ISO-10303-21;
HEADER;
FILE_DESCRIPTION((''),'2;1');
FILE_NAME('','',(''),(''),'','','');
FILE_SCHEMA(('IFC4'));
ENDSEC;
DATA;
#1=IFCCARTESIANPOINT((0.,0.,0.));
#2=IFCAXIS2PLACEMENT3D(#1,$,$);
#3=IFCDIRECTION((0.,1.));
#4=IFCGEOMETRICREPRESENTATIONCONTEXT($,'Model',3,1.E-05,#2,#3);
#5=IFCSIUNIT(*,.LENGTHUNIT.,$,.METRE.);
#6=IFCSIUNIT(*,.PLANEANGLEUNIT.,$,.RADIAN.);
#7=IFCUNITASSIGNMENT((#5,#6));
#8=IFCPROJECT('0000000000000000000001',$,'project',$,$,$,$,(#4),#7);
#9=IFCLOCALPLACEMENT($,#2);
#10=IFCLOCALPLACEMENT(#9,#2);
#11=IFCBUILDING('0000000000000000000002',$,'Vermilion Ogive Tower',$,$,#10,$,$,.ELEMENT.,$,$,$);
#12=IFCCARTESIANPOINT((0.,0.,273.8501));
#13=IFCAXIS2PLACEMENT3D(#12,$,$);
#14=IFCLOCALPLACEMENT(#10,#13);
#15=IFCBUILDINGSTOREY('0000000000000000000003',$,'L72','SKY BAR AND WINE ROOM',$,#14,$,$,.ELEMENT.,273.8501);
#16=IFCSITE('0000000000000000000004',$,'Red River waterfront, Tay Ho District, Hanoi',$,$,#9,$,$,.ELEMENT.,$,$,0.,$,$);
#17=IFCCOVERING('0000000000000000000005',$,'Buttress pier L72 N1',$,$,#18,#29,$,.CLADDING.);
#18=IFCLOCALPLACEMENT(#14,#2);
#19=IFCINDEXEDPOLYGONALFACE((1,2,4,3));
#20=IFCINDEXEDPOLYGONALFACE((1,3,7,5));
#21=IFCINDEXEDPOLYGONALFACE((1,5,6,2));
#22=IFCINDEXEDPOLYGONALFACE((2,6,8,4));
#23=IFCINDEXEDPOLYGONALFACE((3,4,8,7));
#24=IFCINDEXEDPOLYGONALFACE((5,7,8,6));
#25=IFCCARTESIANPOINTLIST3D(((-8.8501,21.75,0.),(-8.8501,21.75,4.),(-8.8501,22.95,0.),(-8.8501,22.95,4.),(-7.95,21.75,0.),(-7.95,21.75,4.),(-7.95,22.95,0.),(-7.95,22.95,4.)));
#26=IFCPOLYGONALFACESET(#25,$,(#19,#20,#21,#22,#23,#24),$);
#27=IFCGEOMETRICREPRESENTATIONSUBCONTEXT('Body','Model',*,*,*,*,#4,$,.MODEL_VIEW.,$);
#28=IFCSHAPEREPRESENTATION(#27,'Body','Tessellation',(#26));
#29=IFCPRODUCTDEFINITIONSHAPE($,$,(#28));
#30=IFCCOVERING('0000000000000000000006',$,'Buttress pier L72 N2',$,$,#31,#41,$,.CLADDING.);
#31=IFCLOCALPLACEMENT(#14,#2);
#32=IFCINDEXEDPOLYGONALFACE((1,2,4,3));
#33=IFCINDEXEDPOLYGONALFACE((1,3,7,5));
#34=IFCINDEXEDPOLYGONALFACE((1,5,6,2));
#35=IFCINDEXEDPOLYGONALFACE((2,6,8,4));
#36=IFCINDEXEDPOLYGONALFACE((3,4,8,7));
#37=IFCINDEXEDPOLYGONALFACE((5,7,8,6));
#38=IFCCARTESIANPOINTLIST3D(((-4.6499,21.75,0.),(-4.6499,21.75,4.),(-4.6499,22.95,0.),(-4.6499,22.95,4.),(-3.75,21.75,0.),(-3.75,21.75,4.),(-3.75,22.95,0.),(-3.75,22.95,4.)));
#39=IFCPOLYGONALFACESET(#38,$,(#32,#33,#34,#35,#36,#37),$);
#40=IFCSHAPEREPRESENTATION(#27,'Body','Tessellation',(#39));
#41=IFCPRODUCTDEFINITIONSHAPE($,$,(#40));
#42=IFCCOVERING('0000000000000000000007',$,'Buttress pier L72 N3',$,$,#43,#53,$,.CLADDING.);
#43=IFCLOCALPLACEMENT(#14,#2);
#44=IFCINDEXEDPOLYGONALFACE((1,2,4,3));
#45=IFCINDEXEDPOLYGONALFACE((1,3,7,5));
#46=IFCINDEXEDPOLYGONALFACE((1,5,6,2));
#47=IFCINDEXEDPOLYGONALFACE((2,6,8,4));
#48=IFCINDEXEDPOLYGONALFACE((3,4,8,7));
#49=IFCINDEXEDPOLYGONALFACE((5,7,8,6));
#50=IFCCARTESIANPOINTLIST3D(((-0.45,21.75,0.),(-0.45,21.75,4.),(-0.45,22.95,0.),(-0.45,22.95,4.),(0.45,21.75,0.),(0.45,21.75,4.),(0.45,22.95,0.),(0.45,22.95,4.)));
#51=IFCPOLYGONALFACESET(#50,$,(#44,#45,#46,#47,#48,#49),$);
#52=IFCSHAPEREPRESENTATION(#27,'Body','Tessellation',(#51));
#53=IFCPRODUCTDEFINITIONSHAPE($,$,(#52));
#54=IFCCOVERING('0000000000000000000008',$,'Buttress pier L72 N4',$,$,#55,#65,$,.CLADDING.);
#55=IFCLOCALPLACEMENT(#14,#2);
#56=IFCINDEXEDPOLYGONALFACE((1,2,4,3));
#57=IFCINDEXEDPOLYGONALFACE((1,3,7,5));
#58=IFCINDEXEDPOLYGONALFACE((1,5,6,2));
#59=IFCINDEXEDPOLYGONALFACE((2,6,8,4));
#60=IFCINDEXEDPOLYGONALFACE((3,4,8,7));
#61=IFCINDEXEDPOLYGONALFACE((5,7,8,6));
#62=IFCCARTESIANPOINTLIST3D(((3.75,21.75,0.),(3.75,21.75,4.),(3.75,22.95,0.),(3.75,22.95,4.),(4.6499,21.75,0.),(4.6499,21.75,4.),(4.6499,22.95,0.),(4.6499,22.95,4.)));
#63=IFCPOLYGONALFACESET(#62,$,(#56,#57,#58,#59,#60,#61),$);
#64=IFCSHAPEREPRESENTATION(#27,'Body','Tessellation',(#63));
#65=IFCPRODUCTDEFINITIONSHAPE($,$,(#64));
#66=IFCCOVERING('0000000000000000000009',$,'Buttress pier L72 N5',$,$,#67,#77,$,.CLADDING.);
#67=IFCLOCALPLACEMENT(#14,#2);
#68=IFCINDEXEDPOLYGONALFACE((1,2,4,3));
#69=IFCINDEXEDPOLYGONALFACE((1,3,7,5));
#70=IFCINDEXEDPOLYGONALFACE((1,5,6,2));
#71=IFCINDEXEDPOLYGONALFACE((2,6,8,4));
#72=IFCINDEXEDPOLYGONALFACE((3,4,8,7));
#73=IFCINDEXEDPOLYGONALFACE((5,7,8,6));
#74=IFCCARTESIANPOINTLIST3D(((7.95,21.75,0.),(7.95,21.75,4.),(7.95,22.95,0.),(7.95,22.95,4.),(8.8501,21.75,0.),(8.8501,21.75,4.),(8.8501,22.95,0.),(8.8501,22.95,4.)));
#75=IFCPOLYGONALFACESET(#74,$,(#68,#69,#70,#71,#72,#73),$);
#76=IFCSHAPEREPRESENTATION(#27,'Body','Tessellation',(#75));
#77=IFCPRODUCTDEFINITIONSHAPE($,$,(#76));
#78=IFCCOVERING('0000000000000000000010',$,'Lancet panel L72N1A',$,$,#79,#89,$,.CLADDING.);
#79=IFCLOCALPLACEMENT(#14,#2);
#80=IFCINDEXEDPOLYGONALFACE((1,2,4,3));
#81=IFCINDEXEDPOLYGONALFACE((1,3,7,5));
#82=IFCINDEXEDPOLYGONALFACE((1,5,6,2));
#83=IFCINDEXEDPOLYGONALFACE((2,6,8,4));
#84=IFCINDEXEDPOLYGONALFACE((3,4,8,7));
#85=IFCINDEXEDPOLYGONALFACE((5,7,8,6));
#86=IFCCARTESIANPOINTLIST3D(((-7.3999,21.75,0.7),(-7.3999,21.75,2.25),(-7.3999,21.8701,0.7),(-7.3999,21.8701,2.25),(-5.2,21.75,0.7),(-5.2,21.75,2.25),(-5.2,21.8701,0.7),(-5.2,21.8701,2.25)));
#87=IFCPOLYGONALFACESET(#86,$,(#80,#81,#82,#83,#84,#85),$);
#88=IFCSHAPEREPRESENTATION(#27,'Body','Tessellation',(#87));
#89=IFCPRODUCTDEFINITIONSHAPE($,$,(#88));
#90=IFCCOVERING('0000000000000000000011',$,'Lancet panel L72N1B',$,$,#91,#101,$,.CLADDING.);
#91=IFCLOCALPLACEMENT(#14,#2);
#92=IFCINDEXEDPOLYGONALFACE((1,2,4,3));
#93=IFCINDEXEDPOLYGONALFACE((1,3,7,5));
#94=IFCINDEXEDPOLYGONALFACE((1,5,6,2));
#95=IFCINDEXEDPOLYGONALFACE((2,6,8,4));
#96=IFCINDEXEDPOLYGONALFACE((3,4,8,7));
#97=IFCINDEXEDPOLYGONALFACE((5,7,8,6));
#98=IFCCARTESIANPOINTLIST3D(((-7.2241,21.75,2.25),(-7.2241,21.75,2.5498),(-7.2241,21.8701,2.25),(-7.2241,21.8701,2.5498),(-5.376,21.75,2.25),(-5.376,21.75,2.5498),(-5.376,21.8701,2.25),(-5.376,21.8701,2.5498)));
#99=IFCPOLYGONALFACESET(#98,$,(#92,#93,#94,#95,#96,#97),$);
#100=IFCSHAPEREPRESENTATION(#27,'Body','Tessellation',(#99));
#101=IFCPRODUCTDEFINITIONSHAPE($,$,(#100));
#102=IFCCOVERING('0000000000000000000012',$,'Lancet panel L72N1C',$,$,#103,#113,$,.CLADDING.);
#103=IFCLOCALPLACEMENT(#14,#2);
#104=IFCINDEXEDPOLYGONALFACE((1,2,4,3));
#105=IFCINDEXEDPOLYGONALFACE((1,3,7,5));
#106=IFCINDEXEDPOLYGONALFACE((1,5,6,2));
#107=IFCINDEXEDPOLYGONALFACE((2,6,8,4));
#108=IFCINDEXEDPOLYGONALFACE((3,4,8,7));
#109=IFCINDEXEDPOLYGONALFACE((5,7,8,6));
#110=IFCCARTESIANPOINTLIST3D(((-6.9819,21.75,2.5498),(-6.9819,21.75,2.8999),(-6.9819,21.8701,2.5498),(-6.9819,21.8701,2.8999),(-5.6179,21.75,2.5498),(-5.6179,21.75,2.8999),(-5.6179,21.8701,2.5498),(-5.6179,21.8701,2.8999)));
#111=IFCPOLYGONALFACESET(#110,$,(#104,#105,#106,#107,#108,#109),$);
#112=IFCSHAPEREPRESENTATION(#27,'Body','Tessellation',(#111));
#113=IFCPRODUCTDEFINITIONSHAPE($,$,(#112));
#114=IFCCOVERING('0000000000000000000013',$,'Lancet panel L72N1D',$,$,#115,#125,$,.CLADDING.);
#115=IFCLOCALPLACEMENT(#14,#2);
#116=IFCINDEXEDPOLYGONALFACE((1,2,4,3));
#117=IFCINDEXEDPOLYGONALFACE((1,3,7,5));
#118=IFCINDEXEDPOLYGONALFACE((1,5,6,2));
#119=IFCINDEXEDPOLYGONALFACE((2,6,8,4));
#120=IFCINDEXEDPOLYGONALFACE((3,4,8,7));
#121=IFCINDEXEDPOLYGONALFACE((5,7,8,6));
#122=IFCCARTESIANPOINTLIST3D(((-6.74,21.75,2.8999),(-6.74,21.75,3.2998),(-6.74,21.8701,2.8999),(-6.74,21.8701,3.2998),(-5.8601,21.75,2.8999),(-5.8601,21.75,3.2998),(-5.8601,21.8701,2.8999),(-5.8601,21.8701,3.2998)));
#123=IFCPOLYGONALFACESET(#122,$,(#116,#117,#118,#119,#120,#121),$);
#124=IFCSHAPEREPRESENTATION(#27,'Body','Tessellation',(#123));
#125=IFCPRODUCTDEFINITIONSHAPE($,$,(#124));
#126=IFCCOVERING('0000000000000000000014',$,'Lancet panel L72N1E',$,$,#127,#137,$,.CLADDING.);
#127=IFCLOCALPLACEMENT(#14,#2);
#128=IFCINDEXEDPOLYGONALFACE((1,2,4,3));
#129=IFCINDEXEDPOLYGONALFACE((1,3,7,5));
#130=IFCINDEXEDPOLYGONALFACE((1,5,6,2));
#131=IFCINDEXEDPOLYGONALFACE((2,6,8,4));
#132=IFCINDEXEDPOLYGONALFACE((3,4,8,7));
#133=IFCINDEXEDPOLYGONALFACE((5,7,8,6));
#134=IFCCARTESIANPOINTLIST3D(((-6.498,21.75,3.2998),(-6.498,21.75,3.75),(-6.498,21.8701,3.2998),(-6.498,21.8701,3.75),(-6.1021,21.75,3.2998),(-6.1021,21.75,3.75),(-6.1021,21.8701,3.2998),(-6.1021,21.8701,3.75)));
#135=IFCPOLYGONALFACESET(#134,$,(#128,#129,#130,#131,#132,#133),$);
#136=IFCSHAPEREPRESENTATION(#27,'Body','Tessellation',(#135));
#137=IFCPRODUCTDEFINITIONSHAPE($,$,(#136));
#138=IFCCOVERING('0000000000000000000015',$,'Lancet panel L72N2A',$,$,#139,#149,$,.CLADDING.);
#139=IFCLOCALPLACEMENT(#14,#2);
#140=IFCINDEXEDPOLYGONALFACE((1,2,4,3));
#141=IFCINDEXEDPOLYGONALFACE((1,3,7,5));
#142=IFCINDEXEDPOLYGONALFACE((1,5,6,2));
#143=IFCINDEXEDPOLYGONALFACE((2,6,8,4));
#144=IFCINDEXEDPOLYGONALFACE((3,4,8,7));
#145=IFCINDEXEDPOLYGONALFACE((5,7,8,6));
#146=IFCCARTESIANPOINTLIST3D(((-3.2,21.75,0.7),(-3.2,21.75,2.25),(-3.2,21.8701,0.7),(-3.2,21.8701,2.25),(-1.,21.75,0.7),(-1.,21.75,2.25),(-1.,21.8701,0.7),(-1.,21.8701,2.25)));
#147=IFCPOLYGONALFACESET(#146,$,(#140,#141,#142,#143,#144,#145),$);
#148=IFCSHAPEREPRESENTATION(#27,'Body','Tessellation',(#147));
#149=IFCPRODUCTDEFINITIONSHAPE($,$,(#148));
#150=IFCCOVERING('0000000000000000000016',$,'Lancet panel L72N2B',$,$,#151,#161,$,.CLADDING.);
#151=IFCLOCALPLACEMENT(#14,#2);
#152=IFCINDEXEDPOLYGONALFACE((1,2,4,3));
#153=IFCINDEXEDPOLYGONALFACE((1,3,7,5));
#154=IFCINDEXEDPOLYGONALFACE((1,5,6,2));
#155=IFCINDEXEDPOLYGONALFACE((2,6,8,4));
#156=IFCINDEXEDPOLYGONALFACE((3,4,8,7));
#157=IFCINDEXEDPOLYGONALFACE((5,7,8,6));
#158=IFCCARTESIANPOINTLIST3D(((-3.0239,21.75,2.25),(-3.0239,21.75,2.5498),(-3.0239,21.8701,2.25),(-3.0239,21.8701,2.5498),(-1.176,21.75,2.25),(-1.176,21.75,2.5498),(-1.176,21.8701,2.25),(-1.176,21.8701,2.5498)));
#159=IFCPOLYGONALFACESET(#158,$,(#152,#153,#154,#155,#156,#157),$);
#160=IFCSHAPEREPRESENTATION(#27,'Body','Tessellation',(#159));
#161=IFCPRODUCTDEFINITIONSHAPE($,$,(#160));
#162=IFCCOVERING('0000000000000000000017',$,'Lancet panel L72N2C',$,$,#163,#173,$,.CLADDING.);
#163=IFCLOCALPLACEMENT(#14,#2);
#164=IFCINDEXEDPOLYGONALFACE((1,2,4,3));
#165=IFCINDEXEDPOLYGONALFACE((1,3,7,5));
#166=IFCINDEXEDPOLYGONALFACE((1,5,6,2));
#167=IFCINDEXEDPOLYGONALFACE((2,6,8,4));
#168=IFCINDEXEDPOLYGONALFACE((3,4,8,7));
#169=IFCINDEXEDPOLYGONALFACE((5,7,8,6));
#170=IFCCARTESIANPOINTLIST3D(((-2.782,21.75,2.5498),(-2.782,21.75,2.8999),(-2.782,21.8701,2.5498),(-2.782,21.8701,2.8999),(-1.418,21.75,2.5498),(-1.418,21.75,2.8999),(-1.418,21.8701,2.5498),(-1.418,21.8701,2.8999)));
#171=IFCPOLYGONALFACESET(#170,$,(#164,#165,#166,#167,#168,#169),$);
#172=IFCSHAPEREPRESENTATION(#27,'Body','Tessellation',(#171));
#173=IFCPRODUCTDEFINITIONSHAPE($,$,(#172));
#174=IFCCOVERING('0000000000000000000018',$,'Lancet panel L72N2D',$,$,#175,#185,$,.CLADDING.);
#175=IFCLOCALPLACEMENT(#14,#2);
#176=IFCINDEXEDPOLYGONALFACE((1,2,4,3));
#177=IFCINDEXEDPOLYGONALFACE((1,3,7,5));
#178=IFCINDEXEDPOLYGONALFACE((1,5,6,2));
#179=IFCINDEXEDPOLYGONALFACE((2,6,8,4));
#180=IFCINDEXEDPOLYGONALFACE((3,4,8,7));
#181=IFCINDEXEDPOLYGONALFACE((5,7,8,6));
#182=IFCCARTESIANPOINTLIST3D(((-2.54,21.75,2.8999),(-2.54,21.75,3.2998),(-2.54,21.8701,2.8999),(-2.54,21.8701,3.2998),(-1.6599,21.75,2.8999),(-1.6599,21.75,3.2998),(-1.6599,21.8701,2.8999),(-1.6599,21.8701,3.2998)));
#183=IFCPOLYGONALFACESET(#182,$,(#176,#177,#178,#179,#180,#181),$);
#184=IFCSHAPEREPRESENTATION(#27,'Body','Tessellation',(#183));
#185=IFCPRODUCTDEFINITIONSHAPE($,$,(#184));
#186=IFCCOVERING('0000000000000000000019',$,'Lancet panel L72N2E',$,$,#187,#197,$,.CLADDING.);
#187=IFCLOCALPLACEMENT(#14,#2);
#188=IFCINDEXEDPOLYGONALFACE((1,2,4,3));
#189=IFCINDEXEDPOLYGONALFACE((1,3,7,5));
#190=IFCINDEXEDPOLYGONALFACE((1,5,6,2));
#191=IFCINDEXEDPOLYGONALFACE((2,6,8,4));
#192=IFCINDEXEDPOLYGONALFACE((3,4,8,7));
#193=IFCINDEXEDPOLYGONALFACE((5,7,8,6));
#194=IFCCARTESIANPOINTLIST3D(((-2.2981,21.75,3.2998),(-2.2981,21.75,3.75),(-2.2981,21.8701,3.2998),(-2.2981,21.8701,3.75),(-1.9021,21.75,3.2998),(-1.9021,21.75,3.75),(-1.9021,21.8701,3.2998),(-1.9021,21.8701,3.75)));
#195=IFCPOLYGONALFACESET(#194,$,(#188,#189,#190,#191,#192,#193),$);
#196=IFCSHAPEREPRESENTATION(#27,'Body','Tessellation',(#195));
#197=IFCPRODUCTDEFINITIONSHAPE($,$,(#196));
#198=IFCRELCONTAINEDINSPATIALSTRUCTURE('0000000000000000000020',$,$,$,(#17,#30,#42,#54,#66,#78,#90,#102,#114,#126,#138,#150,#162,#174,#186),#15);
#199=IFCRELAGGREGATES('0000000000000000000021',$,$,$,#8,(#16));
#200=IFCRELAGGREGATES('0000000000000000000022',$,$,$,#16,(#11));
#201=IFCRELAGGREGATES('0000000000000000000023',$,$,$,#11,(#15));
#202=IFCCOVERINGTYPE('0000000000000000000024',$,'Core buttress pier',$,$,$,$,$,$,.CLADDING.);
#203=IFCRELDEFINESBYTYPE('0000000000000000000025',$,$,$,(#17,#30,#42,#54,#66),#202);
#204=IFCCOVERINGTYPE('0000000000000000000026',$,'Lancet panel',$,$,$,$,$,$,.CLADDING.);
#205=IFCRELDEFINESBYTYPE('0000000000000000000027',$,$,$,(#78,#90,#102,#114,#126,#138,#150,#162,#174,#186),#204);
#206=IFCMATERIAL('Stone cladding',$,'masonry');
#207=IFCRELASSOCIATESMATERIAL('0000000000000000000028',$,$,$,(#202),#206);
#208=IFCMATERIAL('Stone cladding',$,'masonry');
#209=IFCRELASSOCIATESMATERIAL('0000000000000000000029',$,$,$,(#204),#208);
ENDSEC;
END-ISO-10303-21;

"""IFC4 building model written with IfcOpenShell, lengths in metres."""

from ifc_helpers import new_model, si_unit, direction, frame, origin, place, context, subcontext, project, spatial, polyline, outline, extrude, material, type_object, element, save


model = new_model("IFC4")

# Units and contexts
model_context = context("Model", 3, precision=1e-05, world=origin(), true_north=direction((0.0, 1.0)))
body_context = subcontext(model_context, "Body", "Model", "MODEL_VIEW")
ifc_project = project(units=[si_unit("LENGTHUNIT", "METRE"), si_unit("PLANEANGLEUNIT", "RADIAN")], contexts=[model_context])

# Site, building, storey
site_placement = place(None, origin())
site = spatial("IfcSite", under=ifc_project, at=site_placement, Name="Red River waterfront, Tay Ho District, Hanoi", CompositionType="ELEMENT", RefElevation=0.0)
building_placement = place(site_placement, origin())
building = spatial("IfcBuilding", under=site, at=building_placement, Name="Vermilion Ogive Tower", CompositionType="ELEMENT")
storey_placement = place(building_placement, frame((0.0, 0.0, 273.8501)))
storey = spatial("IfcBuildingStorey", under=building, at=storey_placement, Name="L72", Description="SKY BAR AND WINE ROOM", CompositionType="ELEMENT", Elevation=273.8501)

# Coverings
ifc_material_1 = material(Name="Stone cladding", Category="masonry")
covering_type_1 = type_object("IfcCoveringType", Name="Core buttress pier", PredefinedType="CLADDING", material=ifc_material_1)
covering_1_placement = place(storey_placement, origin())
element("IfcCovering", 1, at=covering_1_placement, inside=storey, type_object=covering_type_1, Name="Buttress pier L72 N1", PredefinedType="CLADDING", context=body_context, shape_type="SweptSolid", body=[
    extrude(outline(polyline([(-8.8501, 21.75), (-7.95, 21.75), (-7.95, 22.95), (-8.8501, 22.95), (-8.8501, 21.75)])), origin(), (0.0, 0.0, 1.0), 4.0),
])
covering_2_placement = place(storey_placement, origin())
element("IfcCovering", 2, at=covering_2_placement, inside=storey, type_object=covering_type_1, Name="Buttress pier L72 N2", PredefinedType="CLADDING", context=body_context, shape_type="SweptSolid", body=[
    extrude(outline(polyline([(-4.6499, 21.75), (-3.75, 21.75), (-3.75, 22.95), (-4.6499, 22.95), (-4.6499, 21.75)])), origin(), (0.0, 0.0, 1.0), 4.0),
])
covering_3_placement = place(storey_placement, origin())
element("IfcCovering", 3, at=covering_3_placement, inside=storey, type_object=covering_type_1, Name="Buttress pier L72 N3", PredefinedType="CLADDING", context=body_context, shape_type="SweptSolid", body=[
    extrude(outline(polyline([(-0.45, 21.75), (0.45, 21.75), (0.45, 22.95), (-0.45, 22.95), (-0.45, 21.75)])), origin(), (0.0, 0.0, 1.0), 4.0),
])
covering_4_placement = place(storey_placement, origin())
element("IfcCovering", 4, at=covering_4_placement, inside=storey, type_object=covering_type_1, Name="Buttress pier L72 N4", PredefinedType="CLADDING", context=body_context, shape_type="SweptSolid", body=[
    extrude(outline(polyline([(3.75, 21.75), (4.6499, 21.75), (4.6499, 22.95), (3.75, 22.95), (3.75, 21.75)])), origin(), (0.0, 0.0, 1.0), 4.0),
])
covering_5_placement = place(storey_placement, origin())
element("IfcCovering", 5, at=covering_5_placement, inside=storey, type_object=covering_type_1, Name="Buttress pier L72 N5", PredefinedType="CLADDING", context=body_context, shape_type="SweptSolid", body=[
    extrude(outline(polyline([(7.95, 21.75), (8.8501, 21.75), (8.8501, 22.95), (7.95, 22.95), (7.95, 21.75)])), origin(), (0.0, 0.0, 1.0), 4.0),
])
ifc_material_2 = material(Name="Stone cladding", Category="masonry")
covering_type_2 = type_object("IfcCoveringType", Name="Lancet panel", PredefinedType="CLADDING", material=ifc_material_2)
covering_6_placement = place(storey_placement, frame((0.0, 0.0, 0.7)))
element("IfcCovering", 6, at=covering_6_placement, inside=storey, type_object=covering_type_2, Name="Lancet panel L72N1A", PredefinedType="CLADDING", context=body_context, shape_type="SweptSolid", body=[
    extrude(outline(polyline([(-7.3999, 21.75), (-5.2, 21.75), (-5.2, 21.8701), (-7.3999, 21.8701), (-7.3999, 21.75)])), origin(), (0.0, 0.0, 1.0), 1.55),
])
covering_7_placement = place(storey_placement, frame((0.0, 0.0, 2.25)))
element("IfcCovering", 7, at=covering_7_placement, inside=storey, type_object=covering_type_2, Name="Lancet panel L72N1B", PredefinedType="CLADDING", context=body_context, shape_type="SweptSolid", body=[
    extrude(outline(polyline([(-7.2241, 21.75), (-5.376, 21.75), (-5.376, 21.8701), (-7.2241, 21.8701), (-7.2241, 21.75)])), origin(), (0.0, 0.0, 1.0), 0.2998),
])
covering_8_placement = place(storey_placement, frame((0.0, 0.0, 2.5498)))
element("IfcCovering", 8, at=covering_8_placement, inside=storey, type_object=covering_type_2, Name="Lancet panel L72N1C", PredefinedType="CLADDING", context=body_context, shape_type="SweptSolid", body=[
    extrude(outline(polyline([(-6.9819, 21.75), (-5.6179, 21.75), (-5.6179, 21.8701), (-6.9819, 21.8701), (-6.9819, 21.75)])), origin(), (0.0, 0.0, 1.0), 0.3501),
])
covering_9_placement = place(storey_placement, frame((0.0, 0.0, 2.8999)))
element("IfcCovering", 9, at=covering_9_placement, inside=storey, type_object=covering_type_2, Name="Lancet panel L72N1D", PredefinedType="CLADDING", context=body_context, shape_type="SweptSolid", body=[
    extrude(outline(polyline([(-6.74, 21.75), (-5.8601, 21.75), (-5.8601, 21.8701), (-6.74, 21.8701), (-6.74, 21.75)])), origin(), (0.0, 0.0, 1.0), 0.3999),
])
covering_10_placement = place(storey_placement, frame((0.0, 0.0, 3.2998)))
element("IfcCovering", 10, at=covering_10_placement, inside=storey, type_object=covering_type_2, Name="Lancet panel L72N1E", PredefinedType="CLADDING", context=body_context, shape_type="SweptSolid", body=[
    extrude(outline(polyline([(-6.498, 21.75), (-6.1021, 21.75), (-6.1021, 21.8701), (-6.498, 21.8701), (-6.498, 21.75)])), origin(), (0.0, 0.0, 1.0), 0.4502),
])
covering_11_placement = place(storey_placement, frame((0.0, 0.0, 0.7)))
element("IfcCovering", 11, at=covering_11_placement, inside=storey, type_object=covering_type_2, Name="Lancet panel L72N2A", PredefinedType="CLADDING", context=body_context, shape_type="SweptSolid", body=[
    extrude(outline(polyline([(-3.2, 21.75), (-1.0, 21.75), (-1.0, 21.8701), (-3.2, 21.8701), (-3.2, 21.75)])), origin(), (0.0, 0.0, 1.0), 1.55),
])
covering_12_placement = place(storey_placement, frame((0.0, 0.0, 2.25)))
element("IfcCovering", 12, at=covering_12_placement, inside=storey, type_object=covering_type_2, Name="Lancet panel L72N2B", PredefinedType="CLADDING", context=body_context, shape_type="SweptSolid", body=[
    extrude(outline(polyline([(-3.0239, 21.75), (-1.176, 21.75), (-1.176, 21.8701), (-3.0239, 21.8701), (-3.0239, 21.75)])), origin(), (0.0, 0.0, 1.0), 0.2998),
])
covering_13_placement = place(storey_placement, frame((0.0, 0.0, 2.5498)))
element("IfcCovering", 13, at=covering_13_placement, inside=storey, type_object=covering_type_2, Name="Lancet panel L72N2C", PredefinedType="CLADDING", context=body_context, shape_type="SweptSolid", body=[
    extrude(outline(polyline([(-2.782, 21.75), (-1.418, 21.75), (-1.418, 21.8701), (-2.782, 21.8701), (-2.782, 21.75)])), origin(), (0.0, 0.0, 1.0), 0.3501),
])
covering_14_placement = place(storey_placement, frame((0.0, 0.0, 2.8999)))
element("IfcCovering", 14, at=covering_14_placement, inside=storey, type_object=covering_type_2, Name="Lancet panel L72N2D", PredefinedType="CLADDING", context=body_context, shape_type="SweptSolid", body=[
    extrude(outline(polyline([(-2.54, 21.75), (-1.6599, 21.75), (-1.6599, 21.8701), (-2.54, 21.8701), (-2.54, 21.75)])), origin(), (0.0, 0.0, 1.0), 0.3999),
])
covering_15_placement = place(storey_placement, frame((0.0, 0.0, 3.2998)))
element("IfcCovering", 15, at=covering_15_placement, inside=storey, type_object=covering_type_2, Name="Lancet panel L72N2E", PredefinedType="CLADDING", context=body_context, shape_type="SweptSolid", body=[
    extrude(outline(polyline([(-2.2981, 21.75), (-1.9021, 21.75), (-1.9021, 21.8701), (-2.2981, 21.8701), (-2.2981, 21.75)])), origin(), (0.0, 0.0, 1.0), 0.4502),
])

save(model, "model.ifc")
